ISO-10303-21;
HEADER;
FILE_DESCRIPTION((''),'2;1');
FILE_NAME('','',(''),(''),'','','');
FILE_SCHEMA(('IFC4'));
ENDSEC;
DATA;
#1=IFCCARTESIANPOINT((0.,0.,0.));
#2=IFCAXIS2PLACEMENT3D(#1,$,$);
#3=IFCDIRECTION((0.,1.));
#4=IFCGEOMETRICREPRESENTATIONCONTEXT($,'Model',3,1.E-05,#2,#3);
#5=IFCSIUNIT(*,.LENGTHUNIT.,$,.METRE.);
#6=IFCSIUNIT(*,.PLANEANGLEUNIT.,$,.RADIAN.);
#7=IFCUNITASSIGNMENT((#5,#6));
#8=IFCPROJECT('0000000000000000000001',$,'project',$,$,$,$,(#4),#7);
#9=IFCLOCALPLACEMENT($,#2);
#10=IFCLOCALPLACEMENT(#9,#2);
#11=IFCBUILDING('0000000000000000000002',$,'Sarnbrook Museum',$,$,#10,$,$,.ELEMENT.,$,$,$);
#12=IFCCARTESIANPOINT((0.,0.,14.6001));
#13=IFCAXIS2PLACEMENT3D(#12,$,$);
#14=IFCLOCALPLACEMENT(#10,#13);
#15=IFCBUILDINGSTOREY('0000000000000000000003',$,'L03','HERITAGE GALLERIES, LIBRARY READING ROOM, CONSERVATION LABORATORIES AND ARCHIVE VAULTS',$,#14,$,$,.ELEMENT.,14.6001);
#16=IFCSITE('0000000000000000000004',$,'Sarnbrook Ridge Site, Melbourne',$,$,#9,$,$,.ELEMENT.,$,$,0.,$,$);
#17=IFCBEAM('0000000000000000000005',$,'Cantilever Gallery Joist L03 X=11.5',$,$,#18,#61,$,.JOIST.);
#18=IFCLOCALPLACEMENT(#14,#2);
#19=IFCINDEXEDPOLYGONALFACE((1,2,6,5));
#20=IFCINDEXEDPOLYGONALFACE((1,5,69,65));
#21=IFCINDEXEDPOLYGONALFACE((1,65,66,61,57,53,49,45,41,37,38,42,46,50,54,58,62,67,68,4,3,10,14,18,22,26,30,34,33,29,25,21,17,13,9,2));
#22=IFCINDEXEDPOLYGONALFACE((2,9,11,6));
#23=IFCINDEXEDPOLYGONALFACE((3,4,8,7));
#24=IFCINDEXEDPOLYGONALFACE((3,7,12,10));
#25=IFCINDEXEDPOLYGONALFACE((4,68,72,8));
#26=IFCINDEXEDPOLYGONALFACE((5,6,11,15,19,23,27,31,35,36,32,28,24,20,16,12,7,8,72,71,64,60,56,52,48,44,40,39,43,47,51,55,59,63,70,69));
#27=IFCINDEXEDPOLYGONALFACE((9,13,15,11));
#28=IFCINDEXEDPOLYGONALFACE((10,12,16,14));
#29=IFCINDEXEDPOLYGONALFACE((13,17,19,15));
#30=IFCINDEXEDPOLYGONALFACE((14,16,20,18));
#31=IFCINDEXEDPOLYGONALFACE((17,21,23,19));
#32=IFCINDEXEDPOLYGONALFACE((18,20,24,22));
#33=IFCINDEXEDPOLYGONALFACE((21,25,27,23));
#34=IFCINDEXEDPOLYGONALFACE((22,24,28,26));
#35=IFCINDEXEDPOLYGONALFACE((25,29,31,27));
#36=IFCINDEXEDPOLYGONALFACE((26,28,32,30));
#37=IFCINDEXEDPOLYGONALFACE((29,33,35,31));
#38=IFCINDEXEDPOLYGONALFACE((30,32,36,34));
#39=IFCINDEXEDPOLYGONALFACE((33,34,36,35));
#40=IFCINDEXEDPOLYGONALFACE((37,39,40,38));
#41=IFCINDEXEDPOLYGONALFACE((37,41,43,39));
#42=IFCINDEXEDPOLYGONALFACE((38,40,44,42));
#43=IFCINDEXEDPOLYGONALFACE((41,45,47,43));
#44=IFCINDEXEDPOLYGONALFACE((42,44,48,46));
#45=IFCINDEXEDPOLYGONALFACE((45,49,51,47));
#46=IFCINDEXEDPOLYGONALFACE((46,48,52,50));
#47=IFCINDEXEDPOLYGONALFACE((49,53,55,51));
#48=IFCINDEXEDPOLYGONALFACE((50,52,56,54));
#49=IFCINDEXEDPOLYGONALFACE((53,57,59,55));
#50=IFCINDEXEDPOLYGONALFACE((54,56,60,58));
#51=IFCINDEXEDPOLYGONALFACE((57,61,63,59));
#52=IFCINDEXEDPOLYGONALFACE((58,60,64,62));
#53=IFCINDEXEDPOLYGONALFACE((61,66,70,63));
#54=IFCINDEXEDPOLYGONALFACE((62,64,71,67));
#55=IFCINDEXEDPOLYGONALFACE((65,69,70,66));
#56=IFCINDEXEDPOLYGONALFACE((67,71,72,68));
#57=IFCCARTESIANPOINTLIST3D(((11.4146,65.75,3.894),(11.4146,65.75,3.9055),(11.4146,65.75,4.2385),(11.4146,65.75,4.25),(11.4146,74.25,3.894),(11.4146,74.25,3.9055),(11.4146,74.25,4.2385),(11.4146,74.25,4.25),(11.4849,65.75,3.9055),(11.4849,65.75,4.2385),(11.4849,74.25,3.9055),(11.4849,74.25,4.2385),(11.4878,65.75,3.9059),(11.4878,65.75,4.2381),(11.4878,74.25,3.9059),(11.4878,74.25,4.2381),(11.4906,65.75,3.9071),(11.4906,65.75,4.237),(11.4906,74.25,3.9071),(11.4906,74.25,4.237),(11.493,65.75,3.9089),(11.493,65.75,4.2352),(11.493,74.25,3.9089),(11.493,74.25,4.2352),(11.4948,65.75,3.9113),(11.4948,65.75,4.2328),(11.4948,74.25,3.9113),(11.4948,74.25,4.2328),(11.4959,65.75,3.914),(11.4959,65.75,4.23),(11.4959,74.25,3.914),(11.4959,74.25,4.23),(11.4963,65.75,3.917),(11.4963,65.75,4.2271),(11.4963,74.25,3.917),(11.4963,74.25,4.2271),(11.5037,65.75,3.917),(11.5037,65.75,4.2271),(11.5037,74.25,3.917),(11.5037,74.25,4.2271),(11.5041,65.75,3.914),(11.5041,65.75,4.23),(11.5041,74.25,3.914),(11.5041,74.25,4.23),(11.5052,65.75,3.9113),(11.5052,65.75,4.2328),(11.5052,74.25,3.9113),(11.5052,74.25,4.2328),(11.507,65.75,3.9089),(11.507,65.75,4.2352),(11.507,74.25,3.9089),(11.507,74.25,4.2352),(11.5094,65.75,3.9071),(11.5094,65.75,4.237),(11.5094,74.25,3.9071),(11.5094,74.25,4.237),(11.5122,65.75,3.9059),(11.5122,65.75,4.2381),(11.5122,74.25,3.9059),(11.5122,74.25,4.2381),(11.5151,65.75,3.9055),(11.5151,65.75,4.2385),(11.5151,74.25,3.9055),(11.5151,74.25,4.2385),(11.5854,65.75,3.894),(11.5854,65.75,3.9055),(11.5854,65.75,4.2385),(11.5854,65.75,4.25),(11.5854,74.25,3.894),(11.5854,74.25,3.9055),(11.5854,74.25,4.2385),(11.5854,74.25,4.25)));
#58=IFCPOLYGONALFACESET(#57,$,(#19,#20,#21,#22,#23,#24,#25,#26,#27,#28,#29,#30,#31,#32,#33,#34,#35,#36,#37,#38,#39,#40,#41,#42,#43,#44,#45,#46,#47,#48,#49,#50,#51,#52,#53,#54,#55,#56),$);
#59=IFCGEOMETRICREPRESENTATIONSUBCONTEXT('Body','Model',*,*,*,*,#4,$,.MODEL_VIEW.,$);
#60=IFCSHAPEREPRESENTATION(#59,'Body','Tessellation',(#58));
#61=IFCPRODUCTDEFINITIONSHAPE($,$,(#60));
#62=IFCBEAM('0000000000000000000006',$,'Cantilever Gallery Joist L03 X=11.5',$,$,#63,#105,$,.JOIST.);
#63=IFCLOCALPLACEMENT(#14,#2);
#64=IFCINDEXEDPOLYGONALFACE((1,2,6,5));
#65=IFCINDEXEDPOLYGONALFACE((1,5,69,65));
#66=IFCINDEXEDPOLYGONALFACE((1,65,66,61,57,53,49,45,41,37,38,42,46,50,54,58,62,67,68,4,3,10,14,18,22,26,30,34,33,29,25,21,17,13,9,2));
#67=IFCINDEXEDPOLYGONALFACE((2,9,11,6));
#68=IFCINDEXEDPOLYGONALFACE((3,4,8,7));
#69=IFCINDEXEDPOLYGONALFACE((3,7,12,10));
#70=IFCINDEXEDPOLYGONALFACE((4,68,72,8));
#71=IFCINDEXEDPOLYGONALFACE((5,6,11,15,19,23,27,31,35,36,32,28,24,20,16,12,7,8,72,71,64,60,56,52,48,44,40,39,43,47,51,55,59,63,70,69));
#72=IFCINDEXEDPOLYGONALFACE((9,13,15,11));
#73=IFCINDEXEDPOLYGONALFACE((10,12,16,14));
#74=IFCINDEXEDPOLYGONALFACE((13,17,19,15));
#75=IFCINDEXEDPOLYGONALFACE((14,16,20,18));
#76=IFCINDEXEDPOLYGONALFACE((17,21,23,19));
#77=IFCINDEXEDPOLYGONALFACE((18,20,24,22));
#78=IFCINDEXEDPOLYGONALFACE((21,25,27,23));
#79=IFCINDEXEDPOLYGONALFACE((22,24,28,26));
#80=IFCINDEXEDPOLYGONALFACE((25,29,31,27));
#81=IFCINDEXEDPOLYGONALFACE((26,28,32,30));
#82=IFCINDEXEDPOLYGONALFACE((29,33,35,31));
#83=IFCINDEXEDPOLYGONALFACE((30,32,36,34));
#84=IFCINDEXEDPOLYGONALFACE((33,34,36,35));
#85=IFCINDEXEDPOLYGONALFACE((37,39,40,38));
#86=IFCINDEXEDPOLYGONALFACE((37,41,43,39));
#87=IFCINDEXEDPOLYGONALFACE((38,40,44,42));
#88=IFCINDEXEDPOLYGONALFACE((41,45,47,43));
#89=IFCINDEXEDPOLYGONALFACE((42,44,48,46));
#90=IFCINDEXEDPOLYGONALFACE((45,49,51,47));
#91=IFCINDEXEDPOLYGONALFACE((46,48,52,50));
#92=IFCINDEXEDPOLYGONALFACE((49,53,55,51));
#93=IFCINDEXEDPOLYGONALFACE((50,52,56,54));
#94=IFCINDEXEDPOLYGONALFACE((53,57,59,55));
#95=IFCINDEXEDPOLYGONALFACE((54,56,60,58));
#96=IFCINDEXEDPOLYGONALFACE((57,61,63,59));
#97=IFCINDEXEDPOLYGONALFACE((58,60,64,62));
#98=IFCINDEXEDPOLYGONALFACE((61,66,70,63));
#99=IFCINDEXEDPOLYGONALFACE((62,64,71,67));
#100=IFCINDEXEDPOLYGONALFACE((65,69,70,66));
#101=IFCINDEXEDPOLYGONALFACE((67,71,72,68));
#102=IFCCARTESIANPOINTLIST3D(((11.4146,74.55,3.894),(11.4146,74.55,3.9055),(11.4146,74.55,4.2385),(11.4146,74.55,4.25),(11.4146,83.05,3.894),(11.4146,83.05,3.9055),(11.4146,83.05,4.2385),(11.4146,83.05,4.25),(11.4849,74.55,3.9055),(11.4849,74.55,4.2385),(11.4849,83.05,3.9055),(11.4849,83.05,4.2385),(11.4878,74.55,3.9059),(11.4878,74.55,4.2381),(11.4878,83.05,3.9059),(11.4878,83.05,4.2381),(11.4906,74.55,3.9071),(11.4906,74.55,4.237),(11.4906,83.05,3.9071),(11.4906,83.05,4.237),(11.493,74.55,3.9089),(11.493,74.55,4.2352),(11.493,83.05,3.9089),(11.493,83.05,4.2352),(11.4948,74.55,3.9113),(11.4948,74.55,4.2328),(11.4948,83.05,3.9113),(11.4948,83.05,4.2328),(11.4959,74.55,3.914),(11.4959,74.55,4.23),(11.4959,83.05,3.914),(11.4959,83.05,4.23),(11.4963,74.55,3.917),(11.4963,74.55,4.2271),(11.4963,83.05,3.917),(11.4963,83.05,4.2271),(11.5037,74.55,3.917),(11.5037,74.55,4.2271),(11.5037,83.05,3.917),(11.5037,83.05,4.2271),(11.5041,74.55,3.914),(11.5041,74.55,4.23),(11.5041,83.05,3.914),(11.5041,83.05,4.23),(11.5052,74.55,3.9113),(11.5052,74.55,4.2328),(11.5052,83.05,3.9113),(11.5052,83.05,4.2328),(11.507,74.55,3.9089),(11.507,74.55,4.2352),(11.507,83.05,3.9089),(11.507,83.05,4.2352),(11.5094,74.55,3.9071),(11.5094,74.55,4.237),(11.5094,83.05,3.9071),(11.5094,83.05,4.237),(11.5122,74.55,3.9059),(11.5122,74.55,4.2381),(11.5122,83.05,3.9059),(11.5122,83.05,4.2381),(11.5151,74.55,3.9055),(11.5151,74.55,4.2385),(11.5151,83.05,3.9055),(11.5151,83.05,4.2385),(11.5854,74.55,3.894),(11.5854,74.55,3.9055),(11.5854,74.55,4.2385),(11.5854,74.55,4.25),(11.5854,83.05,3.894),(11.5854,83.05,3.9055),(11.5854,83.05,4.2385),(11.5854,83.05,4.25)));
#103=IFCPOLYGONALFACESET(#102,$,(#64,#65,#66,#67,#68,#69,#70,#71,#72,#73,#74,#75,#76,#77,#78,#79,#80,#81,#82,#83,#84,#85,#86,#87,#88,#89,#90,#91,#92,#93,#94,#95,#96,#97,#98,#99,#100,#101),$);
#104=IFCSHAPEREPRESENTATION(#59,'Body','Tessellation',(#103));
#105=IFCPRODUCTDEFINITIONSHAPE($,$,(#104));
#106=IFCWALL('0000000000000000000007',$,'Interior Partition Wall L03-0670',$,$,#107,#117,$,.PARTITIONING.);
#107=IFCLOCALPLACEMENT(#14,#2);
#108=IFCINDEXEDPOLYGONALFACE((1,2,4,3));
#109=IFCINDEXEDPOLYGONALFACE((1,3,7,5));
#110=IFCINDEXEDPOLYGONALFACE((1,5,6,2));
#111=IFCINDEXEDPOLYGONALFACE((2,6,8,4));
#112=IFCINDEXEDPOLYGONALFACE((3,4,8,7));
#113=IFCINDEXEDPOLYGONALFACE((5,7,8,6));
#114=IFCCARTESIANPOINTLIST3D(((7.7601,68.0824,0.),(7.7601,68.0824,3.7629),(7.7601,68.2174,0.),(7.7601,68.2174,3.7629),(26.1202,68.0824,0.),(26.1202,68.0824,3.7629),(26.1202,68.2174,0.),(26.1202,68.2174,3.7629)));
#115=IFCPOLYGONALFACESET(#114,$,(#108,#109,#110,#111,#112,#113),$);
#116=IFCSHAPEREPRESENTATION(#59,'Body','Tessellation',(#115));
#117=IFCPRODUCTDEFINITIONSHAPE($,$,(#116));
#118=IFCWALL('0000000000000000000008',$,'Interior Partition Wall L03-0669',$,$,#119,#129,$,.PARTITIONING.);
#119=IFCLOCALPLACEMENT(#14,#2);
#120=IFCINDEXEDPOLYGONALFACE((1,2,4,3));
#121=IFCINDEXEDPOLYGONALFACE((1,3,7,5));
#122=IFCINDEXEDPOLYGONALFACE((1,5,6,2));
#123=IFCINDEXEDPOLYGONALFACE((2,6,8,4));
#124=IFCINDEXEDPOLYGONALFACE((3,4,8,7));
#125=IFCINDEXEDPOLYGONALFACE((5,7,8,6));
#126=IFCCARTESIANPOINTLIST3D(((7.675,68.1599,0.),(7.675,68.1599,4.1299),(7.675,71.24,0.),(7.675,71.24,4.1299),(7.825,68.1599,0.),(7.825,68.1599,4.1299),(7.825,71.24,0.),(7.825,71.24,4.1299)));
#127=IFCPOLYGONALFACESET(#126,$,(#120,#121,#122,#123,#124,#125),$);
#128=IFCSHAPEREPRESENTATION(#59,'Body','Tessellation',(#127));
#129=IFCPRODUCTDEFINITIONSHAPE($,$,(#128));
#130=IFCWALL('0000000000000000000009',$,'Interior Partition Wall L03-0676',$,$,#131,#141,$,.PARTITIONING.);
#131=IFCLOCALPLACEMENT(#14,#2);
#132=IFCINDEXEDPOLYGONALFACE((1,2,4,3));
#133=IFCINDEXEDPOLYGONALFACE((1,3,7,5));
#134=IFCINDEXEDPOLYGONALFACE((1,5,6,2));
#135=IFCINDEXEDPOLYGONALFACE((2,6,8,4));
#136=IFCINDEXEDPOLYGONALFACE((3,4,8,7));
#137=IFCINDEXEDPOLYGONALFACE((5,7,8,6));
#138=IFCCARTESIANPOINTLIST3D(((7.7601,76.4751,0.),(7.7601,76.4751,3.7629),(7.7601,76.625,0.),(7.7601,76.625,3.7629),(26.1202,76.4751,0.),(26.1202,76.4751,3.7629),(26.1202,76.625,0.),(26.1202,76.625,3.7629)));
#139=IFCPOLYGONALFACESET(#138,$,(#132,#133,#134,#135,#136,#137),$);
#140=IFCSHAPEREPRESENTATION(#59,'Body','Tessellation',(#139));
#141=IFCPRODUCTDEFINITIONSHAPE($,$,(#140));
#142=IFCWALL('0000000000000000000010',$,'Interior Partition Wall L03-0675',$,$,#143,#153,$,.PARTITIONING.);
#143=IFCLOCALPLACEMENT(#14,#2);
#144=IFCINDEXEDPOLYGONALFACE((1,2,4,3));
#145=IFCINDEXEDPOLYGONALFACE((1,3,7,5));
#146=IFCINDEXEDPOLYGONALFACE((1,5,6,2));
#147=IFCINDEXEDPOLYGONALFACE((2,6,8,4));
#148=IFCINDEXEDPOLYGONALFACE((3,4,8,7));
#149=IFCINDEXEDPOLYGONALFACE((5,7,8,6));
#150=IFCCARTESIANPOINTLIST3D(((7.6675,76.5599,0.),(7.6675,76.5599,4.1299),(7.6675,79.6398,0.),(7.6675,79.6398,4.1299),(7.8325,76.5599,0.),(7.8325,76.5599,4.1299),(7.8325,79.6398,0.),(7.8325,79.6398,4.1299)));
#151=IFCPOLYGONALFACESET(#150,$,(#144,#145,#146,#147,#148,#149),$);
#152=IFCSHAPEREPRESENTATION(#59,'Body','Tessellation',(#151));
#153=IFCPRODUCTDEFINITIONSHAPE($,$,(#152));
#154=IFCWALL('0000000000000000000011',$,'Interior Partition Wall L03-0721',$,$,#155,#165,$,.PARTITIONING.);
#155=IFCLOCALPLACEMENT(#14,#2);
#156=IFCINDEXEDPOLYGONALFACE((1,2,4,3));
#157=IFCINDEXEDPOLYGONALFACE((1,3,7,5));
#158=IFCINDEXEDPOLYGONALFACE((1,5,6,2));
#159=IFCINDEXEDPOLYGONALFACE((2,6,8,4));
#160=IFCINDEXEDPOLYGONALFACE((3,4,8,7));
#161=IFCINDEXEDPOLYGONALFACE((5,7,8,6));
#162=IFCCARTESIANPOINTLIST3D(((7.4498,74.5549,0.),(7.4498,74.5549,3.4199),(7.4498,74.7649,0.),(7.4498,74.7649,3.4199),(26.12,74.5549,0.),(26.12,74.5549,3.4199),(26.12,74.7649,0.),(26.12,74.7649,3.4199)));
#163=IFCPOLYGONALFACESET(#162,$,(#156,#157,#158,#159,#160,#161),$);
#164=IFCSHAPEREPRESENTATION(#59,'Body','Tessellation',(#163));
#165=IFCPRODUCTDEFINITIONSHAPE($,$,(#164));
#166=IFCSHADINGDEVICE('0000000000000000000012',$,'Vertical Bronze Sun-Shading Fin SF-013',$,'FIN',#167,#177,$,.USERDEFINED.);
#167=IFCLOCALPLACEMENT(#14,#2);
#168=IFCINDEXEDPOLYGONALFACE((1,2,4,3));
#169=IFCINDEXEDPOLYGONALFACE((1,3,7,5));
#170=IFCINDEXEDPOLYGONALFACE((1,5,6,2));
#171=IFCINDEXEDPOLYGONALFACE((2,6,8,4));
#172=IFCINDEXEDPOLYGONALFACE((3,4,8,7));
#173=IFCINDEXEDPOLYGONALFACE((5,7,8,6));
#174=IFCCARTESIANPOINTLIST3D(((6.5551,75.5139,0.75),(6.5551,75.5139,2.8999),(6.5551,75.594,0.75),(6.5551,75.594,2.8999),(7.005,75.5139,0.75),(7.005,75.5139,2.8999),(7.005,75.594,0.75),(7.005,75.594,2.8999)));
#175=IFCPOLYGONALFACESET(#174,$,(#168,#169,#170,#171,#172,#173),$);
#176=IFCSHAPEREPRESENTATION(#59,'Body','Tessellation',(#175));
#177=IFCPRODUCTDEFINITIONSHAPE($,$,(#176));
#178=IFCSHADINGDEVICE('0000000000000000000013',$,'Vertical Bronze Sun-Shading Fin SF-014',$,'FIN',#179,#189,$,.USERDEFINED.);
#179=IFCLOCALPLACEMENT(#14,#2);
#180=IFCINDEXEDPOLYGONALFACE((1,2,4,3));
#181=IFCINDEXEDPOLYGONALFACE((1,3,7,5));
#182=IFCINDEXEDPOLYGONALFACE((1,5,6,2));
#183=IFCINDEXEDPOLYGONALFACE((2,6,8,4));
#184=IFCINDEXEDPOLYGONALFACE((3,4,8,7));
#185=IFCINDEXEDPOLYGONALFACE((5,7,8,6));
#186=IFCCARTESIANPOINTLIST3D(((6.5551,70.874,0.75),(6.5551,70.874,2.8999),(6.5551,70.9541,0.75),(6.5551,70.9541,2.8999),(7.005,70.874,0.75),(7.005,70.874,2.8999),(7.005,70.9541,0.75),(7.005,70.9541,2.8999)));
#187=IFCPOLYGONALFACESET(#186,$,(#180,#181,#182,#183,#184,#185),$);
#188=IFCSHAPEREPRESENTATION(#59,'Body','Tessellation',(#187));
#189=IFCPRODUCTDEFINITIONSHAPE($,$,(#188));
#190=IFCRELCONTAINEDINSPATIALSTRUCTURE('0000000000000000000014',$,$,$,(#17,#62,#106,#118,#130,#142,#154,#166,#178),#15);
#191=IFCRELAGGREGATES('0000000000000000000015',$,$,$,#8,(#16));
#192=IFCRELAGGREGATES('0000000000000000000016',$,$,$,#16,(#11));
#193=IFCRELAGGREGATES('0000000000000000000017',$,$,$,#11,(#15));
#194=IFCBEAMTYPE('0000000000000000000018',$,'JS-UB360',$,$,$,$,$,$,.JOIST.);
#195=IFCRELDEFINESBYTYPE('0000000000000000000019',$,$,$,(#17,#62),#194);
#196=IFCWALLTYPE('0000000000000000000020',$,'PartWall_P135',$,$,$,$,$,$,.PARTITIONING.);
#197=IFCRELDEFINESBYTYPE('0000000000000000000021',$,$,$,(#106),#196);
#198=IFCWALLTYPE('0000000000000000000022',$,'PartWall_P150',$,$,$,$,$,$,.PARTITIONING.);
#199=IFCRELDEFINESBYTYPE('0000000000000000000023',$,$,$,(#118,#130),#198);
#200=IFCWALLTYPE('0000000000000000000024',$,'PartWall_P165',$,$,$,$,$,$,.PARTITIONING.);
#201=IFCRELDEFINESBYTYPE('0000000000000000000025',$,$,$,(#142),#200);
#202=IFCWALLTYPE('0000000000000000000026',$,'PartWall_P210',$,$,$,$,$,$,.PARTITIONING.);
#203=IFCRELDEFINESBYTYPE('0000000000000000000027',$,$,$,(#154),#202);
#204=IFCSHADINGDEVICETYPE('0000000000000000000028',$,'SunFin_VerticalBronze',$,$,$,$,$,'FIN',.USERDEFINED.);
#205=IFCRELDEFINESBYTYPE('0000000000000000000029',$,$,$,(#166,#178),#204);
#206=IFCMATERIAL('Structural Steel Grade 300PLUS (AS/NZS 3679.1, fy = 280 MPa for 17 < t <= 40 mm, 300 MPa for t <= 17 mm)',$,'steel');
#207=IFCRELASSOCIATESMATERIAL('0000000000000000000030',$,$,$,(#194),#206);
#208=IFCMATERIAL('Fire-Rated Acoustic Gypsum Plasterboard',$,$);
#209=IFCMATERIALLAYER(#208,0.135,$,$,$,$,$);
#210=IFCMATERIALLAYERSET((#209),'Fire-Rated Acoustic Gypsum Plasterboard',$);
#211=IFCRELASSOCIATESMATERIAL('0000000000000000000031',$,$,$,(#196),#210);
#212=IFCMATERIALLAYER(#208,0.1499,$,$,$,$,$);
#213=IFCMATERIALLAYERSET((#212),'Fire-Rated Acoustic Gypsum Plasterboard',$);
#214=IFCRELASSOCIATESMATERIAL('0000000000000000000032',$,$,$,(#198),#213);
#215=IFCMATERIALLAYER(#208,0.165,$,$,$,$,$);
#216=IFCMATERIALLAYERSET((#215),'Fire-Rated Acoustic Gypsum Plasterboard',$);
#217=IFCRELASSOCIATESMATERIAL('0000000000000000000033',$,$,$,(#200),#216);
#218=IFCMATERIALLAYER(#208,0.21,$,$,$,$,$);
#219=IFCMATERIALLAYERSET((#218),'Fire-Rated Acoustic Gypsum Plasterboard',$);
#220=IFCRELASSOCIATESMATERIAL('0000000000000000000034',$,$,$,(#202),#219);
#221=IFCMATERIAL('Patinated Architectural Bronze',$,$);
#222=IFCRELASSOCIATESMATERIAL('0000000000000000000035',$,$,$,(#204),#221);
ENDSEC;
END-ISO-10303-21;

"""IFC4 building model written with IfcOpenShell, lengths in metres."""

from ifc_helpers import new_model, si_unit, direction, frame, frame_2d, origin, origin_2d, place, context, subcontext, project, spatial, rectangle, i_section, extrude, material, layer, layer_set, material_profile, profile_set, type_object, element, save


model = new_model("IFC4")

# Units and contexts
model_context = context("Model", 3, precision=1e-05, world=origin(), true_north=direction((0.0, 1.0)))
body_context = subcontext(model_context, "Body", "Model", "MODEL_VIEW")
ifc_project = project(units=[si_unit("LENGTHUNIT", "METRE"), si_unit("PLANEANGLEUNIT", "RADIAN")], contexts=[model_context])

# Site, building, storey
site_placement = place(None, origin())
site = spatial("IfcSite", under=ifc_project, at=site_placement, Name="Sarnbrook Ridge Site, Melbourne", CompositionType="ELEMENT", RefElevation=0.0)
building_placement = place(site_placement, origin())
building = spatial("IfcBuilding", under=site, at=building_placement, Name="Sarnbrook Museum", CompositionType="ELEMENT")
storey_placement = place(building_placement, frame((0.0, 0.0, 14.6001)))
storey = spatial("IfcBuildingStorey", under=building, at=storey_placement, Name="L03", Description="HERITAGE GALLERIES, LIBRARY READING ROOM, CONSERVATION LABORATORIES AND ARCHIVE VAULTS", CompositionType="ELEMENT", Elevation=14.6001)

# Shared definitions
ifc_material_1 = material(Name="Structural Steel Grade 300PLUS (AS/NZS 3679.1, fy = 280 MPa for 17 < t <= 40 mm, 300 MPa for t <= 17 mm)", Category="steel")

# Beams
ifc_material_profile_1 = material_profile(ifc_material_1, i_section(OverallWidth=0.1709, OverallDepth=0.356, WebThickness=0.0073, FlangeThickness=0.0115, FilletRadius=0.0115, at=origin_2d()), Name="360UB50.7")
ifc_profile_set_1 = profile_set([ifc_material_profile_1], Name="Structural Steel Grade 300PLUS (AS/NZS 3679.1, fy = 280 MPa for 17 < t <= 40 mm, 300 MPa for t <= 17 mm)")
beam_type_1 = type_object("IfcBeamType", Name="JS-UB360", PredefinedType="JOIST", material=ifc_profile_set_1)
for number, where, z_axis, x_axis, name in (
    (1, (11.5, 65.75, 4.072), (0.0, 1.0, 0.0), (-1.0, 0.0, 0.0), "Cantilever Gallery Joist L03 X=11.5"),
    (2, (11.5, 74.55, 4.072), (0.0, 1.0, 0.0), (-1.0, 0.0, 0.0), "Cantilever Gallery Joist L03 X=11.5"),
):
    element("IfcBeam", number, at=place(storey_placement, frame(where, z_axis=z_axis, x_axis=x_axis)), inside=storey, type_object=beam_type_1, Name=name, PredefinedType="JOIST", context=body_context, shape_type="SweptSolid", body=[
        extrude(i_section(OverallWidth=0.1709, OverallDepth=0.356, WebThickness=0.0073, FlangeThickness=0.0115, FilletRadius=0.0115, at=origin_2d()), origin(), (0.0, 0.0, 1.0), 8.5),
    ])

# Walls
ifc_material_2 = material(Name="Fire-Rated Acoustic Gypsum Plasterboard")
ifc_layer_1 = layer(ifc_material_2, 0.135)
ifc_layer_set_1 = layer_set([ifc_layer_1], Name="Fire-Rated Acoustic Gypsum Plasterboard")
wall_type_1 = type_object("IfcWallType", Name="PartWall_P135", PredefinedType="PARTITIONING", material=ifc_layer_set_1)
wall_1_placement = place(storey_placement, frame((7.76, 68.1499, 0.0), z_axis=(0.0, 0.0, 1.0), x_axis=(1.0, 0.0, 0.0)))
element("IfcWall", 3, at=wall_1_placement, inside=storey, type_object=wall_type_1, Name="Interior Partition Wall L03-0670", PredefinedType="PARTITIONING", context=body_context, shape_type="SweptSolid", body=[
    extrude(rectangle(XDim=18.3601, YDim=0.135, at=frame_2d((9.1802, 0.0))), origin(), (0.0, 0.0, 1.0), 3.7629),
])
ifc_layer_2 = layer(ifc_material_2, 0.1499)
ifc_layer_set_2 = layer_set([ifc_layer_2], Name="Fire-Rated Acoustic Gypsum Plasterboard")
wall_type_2 = type_object("IfcWallType", Name="PartWall_P150", PredefinedType="PARTITIONING", material=ifc_layer_set_2)
wall_2_placement = place(storey_placement, frame((7.75, 71.24, 0.0), z_axis=(0.0, 0.0, 1.0), x_axis=(0.0, -1.0, 0.0)))
element("IfcWall", 4, at=wall_2_placement, inside=storey, type_object=wall_type_2, Name="Interior Partition Wall L03-0669", PredefinedType="PARTITIONING", context=body_context, shape_type="SweptSolid", body=[
    extrude(rectangle(XDim=3.0801, YDim=0.1499, at=frame_2d((1.54, 0.0))), origin(), (0.0, 0.0, 1.0), 4.1299),
])
wall_3_placement = place(storey_placement, frame((7.76, 76.55, 0.0), z_axis=(0.0, 0.0, 1.0), x_axis=(1.0, 0.0, 0.0)))
element("IfcWall", 5, at=wall_3_placement, inside=storey, type_object=wall_type_2, Name="Interior Partition Wall L03-0676", PredefinedType="PARTITIONING", context=body_context, shape_type="SweptSolid", body=[
    extrude(rectangle(XDim=18.3601, YDim=0.1499, at=frame_2d((9.1802, 0.0))), origin(), (0.0, 0.0, 1.0), 3.7629),
])
ifc_layer_3 = layer(ifc_material_2, 0.165)
ifc_layer_set_3 = layer_set([ifc_layer_3], Name="Fire-Rated Acoustic Gypsum Plasterboard")
wall_type_3 = type_object("IfcWallType", Name="PartWall_P165", PredefinedType="PARTITIONING", material=ifc_layer_set_3)
wall_4_placement = place(storey_placement, frame((7.75, 79.6399, 0.0), z_axis=(0.0, 0.0, 1.0), x_axis=(0.0, -1.0, 0.0)))
element("IfcWall", 6, at=wall_4_placement, inside=storey, type_object=wall_type_3, Name="Interior Partition Wall L03-0675", PredefinedType="PARTITIONING", context=body_context, shape_type="SweptSolid", body=[
    extrude(rectangle(XDim=3.0798, YDim=0.165, at=frame_2d((1.54, 0.0))), origin(), (0.0, 0.0, 1.0), 4.1299),
])
ifc_layer_4 = layer(ifc_material_2, 0.21)
ifc_layer_set_4 = layer_set([ifc_layer_4], Name="Fire-Rated Acoustic Gypsum Plasterboard")
wall_type_4 = type_object("IfcWallType", Name="PartWall_P210", PredefinedType="PARTITIONING", material=ifc_layer_set_4)
wall_5_placement = place(storey_placement, frame((7.45, 74.6599, 0.0), z_axis=(0.0, 0.0, 1.0), x_axis=(1.0, 0.0, 0.0)))
element("IfcWall", 7, at=wall_5_placement, inside=storey, type_object=wall_type_4, Name="Interior Partition Wall L03-0721", PredefinedType="PARTITIONING", context=body_context, shape_type="SweptSolid", body=[
    extrude(rectangle(XDim=18.6702, YDim=0.21, at=frame_2d((9.335, 0.0))), origin(), (0.0, 0.0, 1.0), 3.4199),
])

# Shading devices
ifc_material_3 = material(Name="Patinated Architectural Bronze")
shading_device_type = type_object("IfcShadingDeviceType", Name="SunFin_VerticalBronze", ElementType="FIN", PredefinedType="USERDEFINED", material=ifc_material_3)
for number, where, z_axis, x_axis, name in (
    (8, (6.78, 75.554, 0.75), (0.0, 0.0, 1.0), (1.0, 0.0, 0.0), "Vertical Bronze Sun-Shading Fin SF-013"),
    (9, (6.78, 70.9141, 0.75), (0.0, 0.0, 1.0), (1.0, 0.0, 0.0), "Vertical Bronze Sun-Shading Fin SF-014"),
):
    element("IfcShadingDevice", number, at=place(storey_placement, frame(where, z_axis=z_axis, x_axis=x_axis)), inside=storey, type_object=shading_device_type, Name=name, ObjectType="FIN", PredefinedType="USERDEFINED", context=body_context, shape_type="SweptSolid", body=[
        extrude(rectangle(XDim=0.45, YDim=0.0801, at=origin_2d()), origin(), (0.0, 0.0, 1.0), 2.1499),
    ])

save(model, "model.ifc")
